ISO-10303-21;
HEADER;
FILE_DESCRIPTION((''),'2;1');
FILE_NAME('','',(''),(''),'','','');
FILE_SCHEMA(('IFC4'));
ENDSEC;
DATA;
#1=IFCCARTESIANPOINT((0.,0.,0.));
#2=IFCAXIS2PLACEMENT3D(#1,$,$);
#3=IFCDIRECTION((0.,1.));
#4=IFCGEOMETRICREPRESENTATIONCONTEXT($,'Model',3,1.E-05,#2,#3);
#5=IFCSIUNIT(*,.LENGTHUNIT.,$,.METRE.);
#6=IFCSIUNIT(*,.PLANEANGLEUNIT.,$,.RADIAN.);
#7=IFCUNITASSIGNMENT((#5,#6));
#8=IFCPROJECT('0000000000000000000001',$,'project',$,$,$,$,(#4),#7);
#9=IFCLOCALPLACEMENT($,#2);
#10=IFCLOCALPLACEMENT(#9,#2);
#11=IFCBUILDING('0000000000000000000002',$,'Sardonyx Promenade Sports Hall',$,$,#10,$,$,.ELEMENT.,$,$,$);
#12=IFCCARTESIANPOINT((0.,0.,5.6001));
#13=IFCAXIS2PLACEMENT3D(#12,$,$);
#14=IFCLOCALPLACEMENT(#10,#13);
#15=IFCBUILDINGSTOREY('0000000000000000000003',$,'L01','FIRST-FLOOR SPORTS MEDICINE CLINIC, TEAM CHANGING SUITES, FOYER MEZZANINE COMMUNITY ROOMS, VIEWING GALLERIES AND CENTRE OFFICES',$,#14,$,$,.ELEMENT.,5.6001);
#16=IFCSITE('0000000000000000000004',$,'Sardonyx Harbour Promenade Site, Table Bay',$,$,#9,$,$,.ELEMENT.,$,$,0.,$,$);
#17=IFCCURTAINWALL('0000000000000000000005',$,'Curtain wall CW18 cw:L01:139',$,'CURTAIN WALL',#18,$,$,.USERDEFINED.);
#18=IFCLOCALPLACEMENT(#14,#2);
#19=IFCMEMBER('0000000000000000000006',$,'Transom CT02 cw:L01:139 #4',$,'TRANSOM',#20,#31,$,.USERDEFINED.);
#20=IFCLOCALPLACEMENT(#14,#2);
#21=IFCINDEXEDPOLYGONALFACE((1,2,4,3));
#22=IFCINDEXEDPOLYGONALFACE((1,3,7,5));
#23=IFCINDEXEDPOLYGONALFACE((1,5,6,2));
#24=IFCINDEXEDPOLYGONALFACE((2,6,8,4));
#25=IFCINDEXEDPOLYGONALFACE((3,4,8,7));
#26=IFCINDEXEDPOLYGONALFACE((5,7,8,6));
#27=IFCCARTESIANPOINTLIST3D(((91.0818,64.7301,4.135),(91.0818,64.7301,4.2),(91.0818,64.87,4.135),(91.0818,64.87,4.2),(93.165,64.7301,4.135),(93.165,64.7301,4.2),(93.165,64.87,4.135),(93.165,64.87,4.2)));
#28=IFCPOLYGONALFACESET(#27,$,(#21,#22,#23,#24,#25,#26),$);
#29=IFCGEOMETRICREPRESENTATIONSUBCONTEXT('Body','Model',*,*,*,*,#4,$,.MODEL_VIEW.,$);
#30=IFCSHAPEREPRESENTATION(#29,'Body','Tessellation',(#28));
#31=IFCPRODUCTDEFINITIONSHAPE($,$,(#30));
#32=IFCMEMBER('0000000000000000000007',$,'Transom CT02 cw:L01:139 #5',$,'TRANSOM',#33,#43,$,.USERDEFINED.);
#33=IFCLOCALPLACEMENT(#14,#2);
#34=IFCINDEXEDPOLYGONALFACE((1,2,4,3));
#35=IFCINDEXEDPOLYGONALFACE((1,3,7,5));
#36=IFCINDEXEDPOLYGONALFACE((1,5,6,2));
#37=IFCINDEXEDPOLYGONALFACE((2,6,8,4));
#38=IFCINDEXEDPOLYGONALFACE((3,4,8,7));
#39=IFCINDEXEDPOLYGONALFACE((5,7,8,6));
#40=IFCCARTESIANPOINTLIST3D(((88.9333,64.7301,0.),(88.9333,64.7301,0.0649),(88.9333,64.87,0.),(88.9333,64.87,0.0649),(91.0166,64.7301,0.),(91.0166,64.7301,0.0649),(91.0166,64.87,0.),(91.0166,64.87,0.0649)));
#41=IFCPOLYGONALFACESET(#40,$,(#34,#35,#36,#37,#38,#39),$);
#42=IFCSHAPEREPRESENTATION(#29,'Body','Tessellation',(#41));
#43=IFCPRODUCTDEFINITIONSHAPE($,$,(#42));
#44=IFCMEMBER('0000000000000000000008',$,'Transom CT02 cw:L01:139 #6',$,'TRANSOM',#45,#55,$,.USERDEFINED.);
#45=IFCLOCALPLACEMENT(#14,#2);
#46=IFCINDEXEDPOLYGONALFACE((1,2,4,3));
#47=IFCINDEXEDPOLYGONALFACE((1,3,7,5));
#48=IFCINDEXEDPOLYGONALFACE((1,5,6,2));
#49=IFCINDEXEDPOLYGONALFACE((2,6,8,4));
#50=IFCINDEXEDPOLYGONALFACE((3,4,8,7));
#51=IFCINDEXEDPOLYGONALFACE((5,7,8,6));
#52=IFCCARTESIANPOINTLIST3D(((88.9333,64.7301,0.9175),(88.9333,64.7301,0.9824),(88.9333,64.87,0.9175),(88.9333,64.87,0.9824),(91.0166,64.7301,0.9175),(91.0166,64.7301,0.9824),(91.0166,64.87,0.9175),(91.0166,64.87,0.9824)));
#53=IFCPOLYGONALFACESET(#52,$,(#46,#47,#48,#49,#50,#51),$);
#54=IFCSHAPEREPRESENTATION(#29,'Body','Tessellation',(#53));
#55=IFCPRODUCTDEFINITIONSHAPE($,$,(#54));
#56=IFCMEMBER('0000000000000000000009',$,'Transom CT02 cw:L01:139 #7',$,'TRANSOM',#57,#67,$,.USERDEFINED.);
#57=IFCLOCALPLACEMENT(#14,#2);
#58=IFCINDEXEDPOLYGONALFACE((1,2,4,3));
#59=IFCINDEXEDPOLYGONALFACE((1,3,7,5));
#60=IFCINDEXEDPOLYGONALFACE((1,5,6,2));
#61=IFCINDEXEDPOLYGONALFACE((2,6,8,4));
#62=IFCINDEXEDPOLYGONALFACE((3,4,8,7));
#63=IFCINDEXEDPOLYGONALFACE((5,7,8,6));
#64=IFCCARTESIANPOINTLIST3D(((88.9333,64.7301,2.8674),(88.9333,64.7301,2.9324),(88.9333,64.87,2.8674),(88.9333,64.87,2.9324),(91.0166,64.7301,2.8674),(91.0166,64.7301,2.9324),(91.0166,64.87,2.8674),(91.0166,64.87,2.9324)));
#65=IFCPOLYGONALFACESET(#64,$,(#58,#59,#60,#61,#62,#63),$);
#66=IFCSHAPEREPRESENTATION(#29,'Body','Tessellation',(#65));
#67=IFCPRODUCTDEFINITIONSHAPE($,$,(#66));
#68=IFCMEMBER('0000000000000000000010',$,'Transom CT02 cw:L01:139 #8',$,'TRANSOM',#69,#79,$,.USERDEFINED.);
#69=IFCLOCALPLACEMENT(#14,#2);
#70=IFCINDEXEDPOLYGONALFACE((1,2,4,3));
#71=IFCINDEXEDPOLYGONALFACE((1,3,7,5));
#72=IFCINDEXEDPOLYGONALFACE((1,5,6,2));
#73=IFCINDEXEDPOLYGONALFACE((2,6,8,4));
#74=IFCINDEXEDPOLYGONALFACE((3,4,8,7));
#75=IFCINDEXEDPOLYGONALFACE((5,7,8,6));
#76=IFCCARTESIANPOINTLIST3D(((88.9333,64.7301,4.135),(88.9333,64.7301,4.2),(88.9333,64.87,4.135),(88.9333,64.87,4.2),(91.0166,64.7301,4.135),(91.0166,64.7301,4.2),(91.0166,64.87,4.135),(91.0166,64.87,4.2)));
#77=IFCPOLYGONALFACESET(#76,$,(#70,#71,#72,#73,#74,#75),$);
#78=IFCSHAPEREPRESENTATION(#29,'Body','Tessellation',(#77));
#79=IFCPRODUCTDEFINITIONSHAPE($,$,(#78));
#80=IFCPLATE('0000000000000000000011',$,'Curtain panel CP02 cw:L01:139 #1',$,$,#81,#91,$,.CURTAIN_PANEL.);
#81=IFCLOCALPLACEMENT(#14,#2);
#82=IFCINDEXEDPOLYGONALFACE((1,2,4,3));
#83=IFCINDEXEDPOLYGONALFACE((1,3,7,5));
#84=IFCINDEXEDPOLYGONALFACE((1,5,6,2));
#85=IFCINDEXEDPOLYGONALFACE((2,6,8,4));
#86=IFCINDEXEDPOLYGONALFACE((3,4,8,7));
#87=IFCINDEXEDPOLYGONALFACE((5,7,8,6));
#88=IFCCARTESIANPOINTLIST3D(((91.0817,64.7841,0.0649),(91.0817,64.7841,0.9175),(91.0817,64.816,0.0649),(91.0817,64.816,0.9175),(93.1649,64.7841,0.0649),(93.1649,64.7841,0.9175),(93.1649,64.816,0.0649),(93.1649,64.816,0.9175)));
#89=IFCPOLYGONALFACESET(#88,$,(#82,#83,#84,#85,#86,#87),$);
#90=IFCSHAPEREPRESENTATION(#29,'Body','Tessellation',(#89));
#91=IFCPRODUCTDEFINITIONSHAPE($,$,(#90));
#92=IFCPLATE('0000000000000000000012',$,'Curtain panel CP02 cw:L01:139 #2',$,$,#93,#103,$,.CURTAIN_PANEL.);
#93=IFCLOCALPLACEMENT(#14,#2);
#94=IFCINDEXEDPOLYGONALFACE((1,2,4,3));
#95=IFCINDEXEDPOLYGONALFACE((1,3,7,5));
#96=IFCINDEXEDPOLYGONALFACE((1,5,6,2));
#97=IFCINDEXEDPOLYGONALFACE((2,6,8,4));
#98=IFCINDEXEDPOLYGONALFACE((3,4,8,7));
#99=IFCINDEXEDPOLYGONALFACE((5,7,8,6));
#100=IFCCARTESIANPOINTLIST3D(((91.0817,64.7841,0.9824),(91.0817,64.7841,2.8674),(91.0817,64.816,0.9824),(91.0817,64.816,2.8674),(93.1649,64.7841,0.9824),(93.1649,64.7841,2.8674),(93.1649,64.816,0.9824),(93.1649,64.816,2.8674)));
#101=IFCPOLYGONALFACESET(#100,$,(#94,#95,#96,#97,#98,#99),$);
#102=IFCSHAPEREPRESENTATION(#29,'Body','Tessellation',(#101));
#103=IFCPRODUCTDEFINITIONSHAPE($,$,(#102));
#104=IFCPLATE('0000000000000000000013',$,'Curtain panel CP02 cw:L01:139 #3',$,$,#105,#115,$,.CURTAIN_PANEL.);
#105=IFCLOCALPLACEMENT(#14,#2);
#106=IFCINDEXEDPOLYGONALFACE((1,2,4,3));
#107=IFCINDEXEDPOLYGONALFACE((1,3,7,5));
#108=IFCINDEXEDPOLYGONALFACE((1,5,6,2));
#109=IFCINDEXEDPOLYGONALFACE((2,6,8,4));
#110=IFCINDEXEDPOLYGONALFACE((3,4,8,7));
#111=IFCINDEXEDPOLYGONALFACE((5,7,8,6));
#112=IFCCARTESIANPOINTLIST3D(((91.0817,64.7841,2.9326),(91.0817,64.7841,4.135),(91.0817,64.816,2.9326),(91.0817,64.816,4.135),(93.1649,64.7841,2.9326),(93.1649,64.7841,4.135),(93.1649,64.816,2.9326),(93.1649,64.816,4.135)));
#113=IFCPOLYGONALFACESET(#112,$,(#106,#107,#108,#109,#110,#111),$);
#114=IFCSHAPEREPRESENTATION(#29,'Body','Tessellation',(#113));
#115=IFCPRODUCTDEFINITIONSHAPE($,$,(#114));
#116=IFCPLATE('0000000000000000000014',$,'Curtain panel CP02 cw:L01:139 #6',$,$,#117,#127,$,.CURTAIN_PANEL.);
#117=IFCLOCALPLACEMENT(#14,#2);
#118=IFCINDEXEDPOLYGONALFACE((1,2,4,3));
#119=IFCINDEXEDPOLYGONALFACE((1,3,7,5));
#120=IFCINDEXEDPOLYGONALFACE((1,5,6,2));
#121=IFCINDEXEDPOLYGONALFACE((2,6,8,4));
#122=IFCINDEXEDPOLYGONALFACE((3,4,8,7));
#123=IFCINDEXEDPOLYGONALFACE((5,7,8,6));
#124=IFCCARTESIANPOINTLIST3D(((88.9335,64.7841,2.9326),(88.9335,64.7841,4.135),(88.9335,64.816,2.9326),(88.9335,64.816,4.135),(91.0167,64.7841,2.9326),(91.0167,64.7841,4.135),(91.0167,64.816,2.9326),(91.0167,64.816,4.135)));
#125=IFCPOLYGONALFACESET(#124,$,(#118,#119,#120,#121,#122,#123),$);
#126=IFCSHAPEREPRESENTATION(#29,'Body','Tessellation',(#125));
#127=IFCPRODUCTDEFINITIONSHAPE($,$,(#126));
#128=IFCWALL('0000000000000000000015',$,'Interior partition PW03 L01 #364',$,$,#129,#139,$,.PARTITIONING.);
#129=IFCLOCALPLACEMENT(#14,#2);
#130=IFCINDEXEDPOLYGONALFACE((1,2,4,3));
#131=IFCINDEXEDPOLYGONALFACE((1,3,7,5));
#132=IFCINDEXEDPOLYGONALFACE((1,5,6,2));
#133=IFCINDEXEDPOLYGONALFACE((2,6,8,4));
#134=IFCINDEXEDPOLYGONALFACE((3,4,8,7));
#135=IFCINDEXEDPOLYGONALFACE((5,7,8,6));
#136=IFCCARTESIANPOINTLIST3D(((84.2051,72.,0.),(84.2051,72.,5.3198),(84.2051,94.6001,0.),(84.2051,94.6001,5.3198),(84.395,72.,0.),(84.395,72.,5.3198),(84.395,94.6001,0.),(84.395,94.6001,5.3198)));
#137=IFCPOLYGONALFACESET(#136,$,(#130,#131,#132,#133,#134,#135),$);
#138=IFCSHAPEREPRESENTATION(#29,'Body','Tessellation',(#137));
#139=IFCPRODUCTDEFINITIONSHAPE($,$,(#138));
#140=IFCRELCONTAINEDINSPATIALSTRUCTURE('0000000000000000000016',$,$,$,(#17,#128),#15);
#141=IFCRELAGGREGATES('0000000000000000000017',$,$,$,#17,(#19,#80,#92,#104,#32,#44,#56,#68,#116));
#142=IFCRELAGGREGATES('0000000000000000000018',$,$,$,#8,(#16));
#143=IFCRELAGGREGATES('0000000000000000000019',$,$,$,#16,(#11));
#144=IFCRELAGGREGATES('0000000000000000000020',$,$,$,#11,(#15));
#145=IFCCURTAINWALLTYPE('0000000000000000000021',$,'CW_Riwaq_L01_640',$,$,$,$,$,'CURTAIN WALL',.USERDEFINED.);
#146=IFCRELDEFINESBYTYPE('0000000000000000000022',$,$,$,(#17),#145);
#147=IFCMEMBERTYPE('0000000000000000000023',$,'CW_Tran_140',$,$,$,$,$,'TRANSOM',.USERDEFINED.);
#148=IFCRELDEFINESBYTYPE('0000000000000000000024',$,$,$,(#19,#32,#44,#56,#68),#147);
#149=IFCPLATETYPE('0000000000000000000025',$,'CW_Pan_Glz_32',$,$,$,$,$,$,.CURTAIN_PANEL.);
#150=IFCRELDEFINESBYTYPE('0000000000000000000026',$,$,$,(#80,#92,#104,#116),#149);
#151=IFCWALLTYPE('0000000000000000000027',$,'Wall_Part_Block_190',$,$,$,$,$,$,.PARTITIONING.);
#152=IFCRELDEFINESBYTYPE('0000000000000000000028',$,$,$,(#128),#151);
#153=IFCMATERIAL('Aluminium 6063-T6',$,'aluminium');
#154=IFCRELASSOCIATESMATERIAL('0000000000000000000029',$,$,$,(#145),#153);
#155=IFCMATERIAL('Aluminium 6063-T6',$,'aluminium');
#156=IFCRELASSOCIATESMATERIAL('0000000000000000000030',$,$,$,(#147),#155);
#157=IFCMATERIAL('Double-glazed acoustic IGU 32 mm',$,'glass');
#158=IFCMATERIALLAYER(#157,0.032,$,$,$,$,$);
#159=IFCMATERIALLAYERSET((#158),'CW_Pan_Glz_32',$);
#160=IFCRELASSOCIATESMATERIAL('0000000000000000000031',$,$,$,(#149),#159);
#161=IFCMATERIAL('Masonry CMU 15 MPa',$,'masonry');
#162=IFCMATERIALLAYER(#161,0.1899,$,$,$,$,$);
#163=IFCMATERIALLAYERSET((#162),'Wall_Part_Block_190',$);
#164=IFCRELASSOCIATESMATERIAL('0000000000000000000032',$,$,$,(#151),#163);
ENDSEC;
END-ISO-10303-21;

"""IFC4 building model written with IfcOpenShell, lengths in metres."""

from ifc_helpers import new_model, si_unit, direction, frame, frame_2d, origin, origin_2d, place, context, subcontext, project, spatial, rectangle, extrude, material, layer, layer_set, material_profile, profile_set, type_object, element, aggregate, save


model = new_model("IFC4")

# Units and contexts
model_context = context("Model", 3, precision=1e-05, world=origin(), true_north=direction((0.0, 1.0)))
body_context = subcontext(model_context, "Body", "Model", "MODEL_VIEW")
ifc_project = project(units=[si_unit("LENGTHUNIT", "METRE"), si_unit("PLANEANGLEUNIT", "RADIAN")], contexts=[model_context])

# Site, building, storey
site_placement = place(None, origin())
site = spatial("IfcSite", under=ifc_project, at=site_placement, Name="Sardonyx Harbour Promenade Site, Table Bay", CompositionType="ELEMENT", RefElevation=0.0)
building_placement = place(site_placement, origin())
building = spatial("IfcBuilding", under=site, at=building_placement, Name="Sardonyx Promenade Sports Hall", CompositionType="ELEMENT")
storey_placement = place(building_placement, frame((0.0, 0.0, 5.6001)))
storey = spatial("IfcBuildingStorey", under=building, at=storey_placement, Name="L01", Description="FIRST-FLOOR SPORTS MEDICINE CLINIC, TEAM CHANGING SUITES, FOYER MEZZANINE COMMUNITY ROOMS, VIEWING GALLERIES AND CENTRE OFFICES", CompositionType="ELEMENT", Elevation=5.6001)

# Curtain wall, members, plates
ifc_material_1 = material(Name="Aluminium 6063-T6", Category="aluminium")
curtain_wall_type = type_object("IfcCurtainWallType", Name="CW_Riwaq_L01_640", ElementType="CURTAIN WALL", PredefinedType="USERDEFINED", material=ifc_material_1)
curtain_wall_placement = place(storey_placement, origin())
curtain_wall = element("IfcCurtainWall", 1, at=curtain_wall_placement, inside=storey, type_object=curtain_wall_type, Name="Curtain wall CW18 cw:L01:139", ObjectType="CURTAIN WALL", PredefinedType="USERDEFINED")
ifc_material_2 = material(Name="Aluminium 6063-T6", Category="aluminium")
ifc_material_profile_1 = material_profile(ifc_material_2, rectangle(XDim=0.0649, YDim=0.1399, at=origin_2d()))
ifc_profile_set_1 = profile_set([ifc_material_profile_1], Name="Aluminium 6063-T6")
member_type_1 = type_object("IfcMemberType", Name="CW_Tran_140", ElementType="TRANSOM", PredefinedType="USERDEFINED", material=ifc_profile_set_1)
member_1_placement = place(storey_placement, frame((93.165, 64.8, 4.1675), z_axis=(-1.0, 0.0, 0.0), x_axis=(0.0, 0.0, 1.0)))
member_1 = element("IfcMember", 2, at=member_1_placement, type_object=member_type_1, Name="Transom CT02 cw:L01:139 #4", ObjectType="TRANSOM", PredefinedType="USERDEFINED", context=body_context, shape_type="SweptSolid", body=[
    extrude(rectangle(XDim=0.0649, YDim=0.1399, at=origin_2d()), origin(), (0.0, 0.0, 1.0), 2.0833),
])
member_2_placement = place(storey_placement, frame((91.0166, 64.8, 0.0325), z_axis=(-1.0, 0.0, 0.0), x_axis=(0.0, 0.0, 1.0)))
member_2 = element("IfcMember", 3, at=member_2_placement, type_object=member_type_1, Name="Transom CT02 cw:L01:139 #5", ObjectType="TRANSOM", PredefinedType="USERDEFINED", context=body_context, shape_type="SweptSolid", body=[
    extrude(rectangle(XDim=0.0649, YDim=0.1399, at=origin_2d()), origin(), (0.0, 0.0, 1.0), 2.0833),
])
member_3_placement = place(storey_placement, frame((91.0166, 64.8, 0.95), z_axis=(-1.0, 0.0, 0.0), x_axis=(0.0, 0.0, 1.0)))
member_3 = element("IfcMember", 4, at=member_3_placement, type_object=member_type_1, Name="Transom CT02 cw:L01:139 #6", ObjectType="TRANSOM", PredefinedType="USERDEFINED", context=body_context, shape_type="SweptSolid", body=[
    extrude(rectangle(XDim=0.0649, YDim=0.1399, at=origin_2d()), origin(), (0.0, 0.0, 1.0), 2.0833),
])
member_4_placement = place(storey_placement, frame((91.0166, 64.8, 2.8999), z_axis=(-1.0, 0.0, 0.0), x_axis=(0.0, 0.0, 1.0)))
member_4 = element("IfcMember", 5, at=member_4_placement, type_object=member_type_1, Name="Transom CT02 cw:L01:139 #7", ObjectType="TRANSOM", PredefinedType="USERDEFINED", context=body_context, shape_type="SweptSolid", body=[
    extrude(rectangle(XDim=0.0649, YDim=0.1399, at=origin_2d()), origin(), (0.0, 0.0, 1.0), 2.0833),
])
member_5_placement = place(storey_placement, frame((91.0166, 64.8, 4.1675), z_axis=(-1.0, 0.0, 0.0), x_axis=(0.0, 0.0, 1.0)))
member_5 = element("IfcMember", 6, at=member_5_placement, type_object=member_type_1, Name="Transom CT02 cw:L01:139 #8", ObjectType="TRANSOM", PredefinedType="USERDEFINED", context=body_context, shape_type="SweptSolid", body=[
    extrude(rectangle(XDim=0.0649, YDim=0.1399, at=origin_2d()), origin(), (0.0, 0.0, 1.0), 2.0833),
])
ifc_material_3 = material(Name="Double-glazed acoustic IGU 32 mm", Category="glass")
ifc_layer_1 = layer(ifc_material_3, 0.032)
ifc_layer_set_1 = layer_set([ifc_layer_1], Name="CW_Pan_Glz_32")
plate_type = type_object("IfcPlateType", Name="CW_Pan_Glz_32", PredefinedType="CURTAIN_PANEL", material=ifc_layer_set_1)
plate_1_placement = place(storey_placement, frame((92.1233, 64.8, 0.0649), z_axis=(0.0, 0.0, 1.0), x_axis=(-1.0, 0.0, 0.0)))
plate_1 = element("IfcPlate", 7, at=plate_1_placement, type_object=plate_type, Name="Curtain panel CP02 cw:L01:139 #1", PredefinedType="CURTAIN_PANEL", context=body_context, shape_type="SweptSolid", body=[
    extrude(rectangle(XDim=2.0833, YDim=0.032, at=origin_2d()), origin(), (0.0, 0.0, 1.0), 0.8525),
])
plate_2_placement = place(storey_placement, frame((92.1233, 64.8, 0.9824), z_axis=(0.0, 0.0, 1.0), x_axis=(-1.0, 0.0, 0.0)))
plate_2 = element("IfcPlate", 8, at=plate_2_placement, type_object=plate_type, Name="Curtain panel CP02 cw:L01:139 #2", PredefinedType="CURTAIN_PANEL", context=body_context, shape_type="SweptSolid", body=[
    extrude(rectangle(XDim=2.0833, YDim=0.032, at=origin_2d()), origin(), (0.0, 0.0, 1.0), 1.885),
])
plate_3_placement = place(storey_placement, frame((92.1233, 64.8, 2.9326), z_axis=(0.0, 0.0, 1.0), x_axis=(-1.0, 0.0, 0.0)))
plate_3 = element("IfcPlate", 9, at=plate_3_placement, type_object=plate_type, Name="Curtain panel CP02 cw:L01:139 #3", PredefinedType="CURTAIN_PANEL", context=body_context, shape_type="SweptSolid", body=[
    extrude(rectangle(XDim=2.0833, YDim=0.032, at=origin_2d()), origin(), (0.0, 0.0, 1.0), 1.2024),
])
plate_4_placement = place(storey_placement, frame((89.9751, 64.8, 2.9326), z_axis=(0.0, 0.0, 1.0), x_axis=(-1.0, 0.0, 0.0)))
plate_4 = element("IfcPlate", 10, at=plate_4_placement, type_object=plate_type, Name="Curtain panel CP02 cw:L01:139 #6", PredefinedType="CURTAIN_PANEL", context=body_context, shape_type="SweptSolid", body=[
    extrude(rectangle(XDim=2.0833, YDim=0.032, at=origin_2d()), origin(), (0.0, 0.0, 1.0), 1.2024),
])
aggregate(curtain_wall, [member_1, plate_1, plate_2, plate_3, member_2, member_3, member_4, member_5, plate_4])

# Wall
ifc_material_4 = material(Name="Masonry CMU 15 MPa", Category="masonry")
ifc_layer_2 = layer(ifc_material_4, 0.1899)
ifc_layer_set_2 = layer_set([ifc_layer_2], Name="Wall_Part_Block_190")
wall_type = type_object("IfcWallType", Name="Wall_Part_Block_190", PredefinedType="PARTITIONING", material=ifc_layer_set_2)
wall_placement = place(storey_placement, frame((84.3, 72.0, 0.0), z_axis=(0.0, 0.0, 1.0), x_axis=(0.0, 1.0, 0.0)))
element("IfcWall", 11, at=wall_placement, inside=storey, type_object=wall_type, Name="Interior partition PW03 L01 #364", PredefinedType="PARTITIONING", context=body_context, shape_type="SweptSolid", body=[
    extrude(rectangle(XDim=22.6001, YDim=0.1899, at=frame_2d((11.3, 0.0))), origin(), (0.0, 0.0, 1.0), 5.3198),
])

save(model, "model.ifc")
